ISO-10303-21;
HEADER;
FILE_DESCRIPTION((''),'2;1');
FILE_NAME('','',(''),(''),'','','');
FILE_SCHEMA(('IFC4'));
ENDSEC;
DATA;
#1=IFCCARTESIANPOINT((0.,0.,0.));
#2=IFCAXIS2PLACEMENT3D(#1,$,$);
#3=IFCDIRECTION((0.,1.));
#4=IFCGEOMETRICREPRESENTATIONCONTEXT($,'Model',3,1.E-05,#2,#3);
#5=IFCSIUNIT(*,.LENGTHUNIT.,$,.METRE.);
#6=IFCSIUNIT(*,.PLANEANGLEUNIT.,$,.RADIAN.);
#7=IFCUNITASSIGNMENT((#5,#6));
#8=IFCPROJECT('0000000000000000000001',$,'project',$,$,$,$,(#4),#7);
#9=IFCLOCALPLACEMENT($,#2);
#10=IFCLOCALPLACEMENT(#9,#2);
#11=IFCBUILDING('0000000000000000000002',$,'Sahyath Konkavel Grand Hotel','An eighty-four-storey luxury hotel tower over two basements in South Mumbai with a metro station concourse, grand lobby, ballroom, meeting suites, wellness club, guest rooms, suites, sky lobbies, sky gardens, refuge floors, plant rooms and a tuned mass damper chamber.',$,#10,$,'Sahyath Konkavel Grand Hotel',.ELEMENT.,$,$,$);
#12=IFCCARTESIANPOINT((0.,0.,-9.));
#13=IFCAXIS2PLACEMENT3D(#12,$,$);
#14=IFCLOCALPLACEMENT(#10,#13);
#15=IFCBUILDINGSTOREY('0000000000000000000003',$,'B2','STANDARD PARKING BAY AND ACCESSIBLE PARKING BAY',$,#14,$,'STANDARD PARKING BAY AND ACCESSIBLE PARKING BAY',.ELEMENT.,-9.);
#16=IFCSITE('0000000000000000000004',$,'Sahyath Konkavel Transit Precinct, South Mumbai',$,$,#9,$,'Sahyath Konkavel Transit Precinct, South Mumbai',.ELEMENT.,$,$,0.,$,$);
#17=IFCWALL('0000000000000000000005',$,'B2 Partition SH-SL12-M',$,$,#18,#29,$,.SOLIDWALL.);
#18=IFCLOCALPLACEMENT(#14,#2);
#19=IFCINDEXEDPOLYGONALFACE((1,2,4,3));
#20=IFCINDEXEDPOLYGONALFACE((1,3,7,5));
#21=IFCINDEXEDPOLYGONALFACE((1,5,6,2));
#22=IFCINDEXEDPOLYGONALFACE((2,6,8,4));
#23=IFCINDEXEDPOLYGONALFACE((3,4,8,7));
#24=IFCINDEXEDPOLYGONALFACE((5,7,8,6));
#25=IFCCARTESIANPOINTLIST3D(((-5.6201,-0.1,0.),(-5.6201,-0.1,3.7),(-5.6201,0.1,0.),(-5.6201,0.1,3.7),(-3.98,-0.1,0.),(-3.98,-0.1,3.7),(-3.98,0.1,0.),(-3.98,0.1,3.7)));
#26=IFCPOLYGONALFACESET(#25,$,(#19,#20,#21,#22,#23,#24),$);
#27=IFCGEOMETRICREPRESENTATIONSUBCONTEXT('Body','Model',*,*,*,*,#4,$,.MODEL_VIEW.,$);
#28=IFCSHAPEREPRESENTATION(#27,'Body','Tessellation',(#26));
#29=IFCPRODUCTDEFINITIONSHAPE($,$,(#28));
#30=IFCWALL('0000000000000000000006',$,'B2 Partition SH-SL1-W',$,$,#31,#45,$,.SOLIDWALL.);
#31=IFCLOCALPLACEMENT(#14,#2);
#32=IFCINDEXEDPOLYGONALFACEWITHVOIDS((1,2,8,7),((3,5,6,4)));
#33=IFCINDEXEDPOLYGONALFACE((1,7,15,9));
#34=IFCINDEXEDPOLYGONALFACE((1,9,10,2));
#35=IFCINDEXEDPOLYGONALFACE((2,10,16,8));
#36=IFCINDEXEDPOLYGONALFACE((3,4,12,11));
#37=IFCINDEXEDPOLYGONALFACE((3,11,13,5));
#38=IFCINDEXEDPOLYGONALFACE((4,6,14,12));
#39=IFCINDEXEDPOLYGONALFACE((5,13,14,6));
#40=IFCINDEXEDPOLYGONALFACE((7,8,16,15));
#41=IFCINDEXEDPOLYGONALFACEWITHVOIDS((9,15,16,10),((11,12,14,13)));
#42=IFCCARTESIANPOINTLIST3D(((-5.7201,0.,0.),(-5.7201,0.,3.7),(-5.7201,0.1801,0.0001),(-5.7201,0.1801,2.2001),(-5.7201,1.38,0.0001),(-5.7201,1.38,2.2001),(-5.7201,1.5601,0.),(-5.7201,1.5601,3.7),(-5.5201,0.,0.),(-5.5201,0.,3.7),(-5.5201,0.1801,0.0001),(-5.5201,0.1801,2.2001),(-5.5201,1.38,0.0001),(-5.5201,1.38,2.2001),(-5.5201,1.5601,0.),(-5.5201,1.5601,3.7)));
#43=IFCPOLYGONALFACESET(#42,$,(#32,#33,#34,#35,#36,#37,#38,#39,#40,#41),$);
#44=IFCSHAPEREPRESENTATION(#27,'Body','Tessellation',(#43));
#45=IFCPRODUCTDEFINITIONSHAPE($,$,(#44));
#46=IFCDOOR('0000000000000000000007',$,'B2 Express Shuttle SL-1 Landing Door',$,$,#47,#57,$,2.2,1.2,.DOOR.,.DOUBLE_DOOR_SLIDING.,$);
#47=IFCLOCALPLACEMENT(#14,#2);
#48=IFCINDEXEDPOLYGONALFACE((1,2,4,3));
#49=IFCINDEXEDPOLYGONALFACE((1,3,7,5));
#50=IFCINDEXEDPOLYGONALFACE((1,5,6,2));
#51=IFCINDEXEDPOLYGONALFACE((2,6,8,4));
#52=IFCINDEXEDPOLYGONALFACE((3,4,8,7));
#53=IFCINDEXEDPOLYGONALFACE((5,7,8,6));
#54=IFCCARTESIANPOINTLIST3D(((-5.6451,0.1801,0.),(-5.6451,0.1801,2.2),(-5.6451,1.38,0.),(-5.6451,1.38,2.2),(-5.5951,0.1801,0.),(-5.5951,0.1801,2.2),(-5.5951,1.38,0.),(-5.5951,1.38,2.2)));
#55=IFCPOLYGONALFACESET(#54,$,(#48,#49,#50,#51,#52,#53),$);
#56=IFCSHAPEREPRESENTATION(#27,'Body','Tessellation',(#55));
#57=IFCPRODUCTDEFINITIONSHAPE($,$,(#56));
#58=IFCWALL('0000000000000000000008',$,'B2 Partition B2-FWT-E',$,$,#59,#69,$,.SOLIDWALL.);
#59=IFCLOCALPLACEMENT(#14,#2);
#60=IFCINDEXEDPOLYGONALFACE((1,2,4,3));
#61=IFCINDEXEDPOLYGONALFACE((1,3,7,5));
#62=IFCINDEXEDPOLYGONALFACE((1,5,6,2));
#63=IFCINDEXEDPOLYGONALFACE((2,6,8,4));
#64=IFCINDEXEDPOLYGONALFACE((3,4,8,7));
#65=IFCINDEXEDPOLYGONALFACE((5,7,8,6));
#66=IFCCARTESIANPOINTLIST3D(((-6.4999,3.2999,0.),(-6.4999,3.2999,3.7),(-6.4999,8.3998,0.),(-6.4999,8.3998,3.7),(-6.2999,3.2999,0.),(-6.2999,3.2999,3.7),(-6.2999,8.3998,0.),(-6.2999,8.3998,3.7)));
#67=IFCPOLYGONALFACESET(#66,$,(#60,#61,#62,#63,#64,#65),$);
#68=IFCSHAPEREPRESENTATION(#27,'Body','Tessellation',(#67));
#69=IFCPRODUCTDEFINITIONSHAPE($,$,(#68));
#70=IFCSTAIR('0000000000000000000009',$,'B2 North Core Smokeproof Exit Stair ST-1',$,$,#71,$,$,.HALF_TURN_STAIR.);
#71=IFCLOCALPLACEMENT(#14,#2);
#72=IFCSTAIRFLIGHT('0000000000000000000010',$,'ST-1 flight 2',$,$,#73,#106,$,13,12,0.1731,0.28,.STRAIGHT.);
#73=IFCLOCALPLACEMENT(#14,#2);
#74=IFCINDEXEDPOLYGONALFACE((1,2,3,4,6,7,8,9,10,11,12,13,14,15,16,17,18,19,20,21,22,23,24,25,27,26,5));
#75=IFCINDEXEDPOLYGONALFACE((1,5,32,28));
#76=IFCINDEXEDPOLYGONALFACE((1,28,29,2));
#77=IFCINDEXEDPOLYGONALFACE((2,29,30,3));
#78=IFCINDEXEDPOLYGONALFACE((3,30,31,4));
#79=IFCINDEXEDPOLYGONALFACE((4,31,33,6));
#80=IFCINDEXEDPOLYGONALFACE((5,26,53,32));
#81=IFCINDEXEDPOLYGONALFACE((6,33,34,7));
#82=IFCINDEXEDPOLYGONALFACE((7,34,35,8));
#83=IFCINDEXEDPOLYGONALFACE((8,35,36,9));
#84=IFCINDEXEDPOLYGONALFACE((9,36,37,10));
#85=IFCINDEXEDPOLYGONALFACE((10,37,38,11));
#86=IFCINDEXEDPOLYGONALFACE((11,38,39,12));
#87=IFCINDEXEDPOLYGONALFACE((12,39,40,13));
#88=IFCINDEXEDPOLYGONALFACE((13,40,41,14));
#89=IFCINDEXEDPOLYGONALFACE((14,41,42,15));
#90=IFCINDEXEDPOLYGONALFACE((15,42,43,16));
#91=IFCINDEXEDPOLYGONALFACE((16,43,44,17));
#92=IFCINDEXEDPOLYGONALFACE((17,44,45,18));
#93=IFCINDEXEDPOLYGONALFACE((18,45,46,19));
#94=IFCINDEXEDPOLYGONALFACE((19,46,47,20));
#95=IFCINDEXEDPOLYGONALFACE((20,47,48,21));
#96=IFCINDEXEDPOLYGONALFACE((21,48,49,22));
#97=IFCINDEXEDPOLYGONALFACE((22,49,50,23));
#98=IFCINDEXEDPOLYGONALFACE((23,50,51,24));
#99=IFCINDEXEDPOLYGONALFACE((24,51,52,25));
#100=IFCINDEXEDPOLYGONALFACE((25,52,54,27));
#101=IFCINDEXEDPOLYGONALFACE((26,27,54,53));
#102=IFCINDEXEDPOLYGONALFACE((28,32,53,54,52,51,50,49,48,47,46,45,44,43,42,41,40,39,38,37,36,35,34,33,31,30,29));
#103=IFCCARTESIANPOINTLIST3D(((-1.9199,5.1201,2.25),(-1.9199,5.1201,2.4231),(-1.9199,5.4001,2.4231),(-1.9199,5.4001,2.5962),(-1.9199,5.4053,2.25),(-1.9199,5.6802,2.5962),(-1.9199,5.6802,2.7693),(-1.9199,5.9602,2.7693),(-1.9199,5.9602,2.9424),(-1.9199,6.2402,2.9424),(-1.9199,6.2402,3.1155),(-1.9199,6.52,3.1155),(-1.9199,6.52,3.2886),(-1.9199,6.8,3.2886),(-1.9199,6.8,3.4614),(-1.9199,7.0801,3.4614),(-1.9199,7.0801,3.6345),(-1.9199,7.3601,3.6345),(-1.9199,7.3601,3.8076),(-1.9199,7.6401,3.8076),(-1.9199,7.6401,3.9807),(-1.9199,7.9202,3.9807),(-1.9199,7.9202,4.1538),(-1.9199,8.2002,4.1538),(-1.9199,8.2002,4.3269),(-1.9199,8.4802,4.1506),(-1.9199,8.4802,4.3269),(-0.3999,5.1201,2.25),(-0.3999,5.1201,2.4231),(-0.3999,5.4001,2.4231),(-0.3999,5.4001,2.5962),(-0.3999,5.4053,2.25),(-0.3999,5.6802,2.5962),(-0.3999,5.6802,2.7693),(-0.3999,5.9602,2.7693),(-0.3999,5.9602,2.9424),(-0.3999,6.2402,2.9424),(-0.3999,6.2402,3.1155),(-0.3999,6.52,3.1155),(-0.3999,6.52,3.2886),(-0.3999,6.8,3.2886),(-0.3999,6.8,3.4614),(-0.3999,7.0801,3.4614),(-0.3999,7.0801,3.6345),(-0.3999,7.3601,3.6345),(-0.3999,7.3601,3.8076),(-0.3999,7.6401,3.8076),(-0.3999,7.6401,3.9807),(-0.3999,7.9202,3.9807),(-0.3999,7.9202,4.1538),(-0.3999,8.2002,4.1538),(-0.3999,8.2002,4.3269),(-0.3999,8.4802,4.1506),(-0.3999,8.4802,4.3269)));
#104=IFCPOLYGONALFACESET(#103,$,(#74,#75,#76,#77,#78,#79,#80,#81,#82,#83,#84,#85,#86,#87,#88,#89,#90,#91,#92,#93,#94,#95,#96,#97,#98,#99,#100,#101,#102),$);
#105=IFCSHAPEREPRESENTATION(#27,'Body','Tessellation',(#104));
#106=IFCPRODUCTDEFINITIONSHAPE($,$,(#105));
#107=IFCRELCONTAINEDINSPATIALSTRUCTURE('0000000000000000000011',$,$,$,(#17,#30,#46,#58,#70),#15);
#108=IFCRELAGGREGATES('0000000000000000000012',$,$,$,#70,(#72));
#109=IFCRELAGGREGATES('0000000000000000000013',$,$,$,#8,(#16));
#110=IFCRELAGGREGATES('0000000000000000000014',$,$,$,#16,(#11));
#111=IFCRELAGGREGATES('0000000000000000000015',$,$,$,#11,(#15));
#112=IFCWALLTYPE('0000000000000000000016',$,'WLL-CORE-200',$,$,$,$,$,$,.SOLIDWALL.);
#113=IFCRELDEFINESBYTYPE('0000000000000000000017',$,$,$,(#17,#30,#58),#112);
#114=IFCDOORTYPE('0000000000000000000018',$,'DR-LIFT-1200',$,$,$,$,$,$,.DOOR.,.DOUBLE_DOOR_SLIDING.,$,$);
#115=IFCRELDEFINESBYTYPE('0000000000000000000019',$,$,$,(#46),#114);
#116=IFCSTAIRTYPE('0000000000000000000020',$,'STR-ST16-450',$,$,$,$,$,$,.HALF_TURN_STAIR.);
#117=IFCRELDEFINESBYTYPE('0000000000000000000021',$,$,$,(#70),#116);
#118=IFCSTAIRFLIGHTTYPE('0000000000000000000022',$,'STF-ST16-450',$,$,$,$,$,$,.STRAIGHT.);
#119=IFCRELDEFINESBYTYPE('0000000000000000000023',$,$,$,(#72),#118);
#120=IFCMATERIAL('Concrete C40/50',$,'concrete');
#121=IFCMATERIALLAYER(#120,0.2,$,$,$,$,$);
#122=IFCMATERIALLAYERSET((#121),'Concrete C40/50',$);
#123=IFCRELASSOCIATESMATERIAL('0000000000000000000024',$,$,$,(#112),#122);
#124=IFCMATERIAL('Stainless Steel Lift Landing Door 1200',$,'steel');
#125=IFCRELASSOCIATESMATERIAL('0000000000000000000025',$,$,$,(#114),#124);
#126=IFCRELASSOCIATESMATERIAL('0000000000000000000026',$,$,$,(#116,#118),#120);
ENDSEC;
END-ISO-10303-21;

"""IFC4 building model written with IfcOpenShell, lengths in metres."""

from ifc_helpers import new_model, si_unit, direction, frame, frame_2d, origin, origin_2d, place, context, subcontext, project, spatial, polyline, rectangle, outline, extrude, source, transform, mapped, material, layer, layer_set, type_object, element, fill, aggregate, save


model = new_model("IFC4")

# Units and contexts
model_context = context("Model", 3, precision=1e-05, world=origin(), true_north=direction((0.0, 1.0)))
body_context = subcontext(model_context, "Body", "Model", "MODEL_VIEW")
ifc_project = project(units=[si_unit("LENGTHUNIT", "METRE"), si_unit("PLANEANGLEUNIT", "RADIAN")], contexts=[model_context])

# Site, building, storey
site_placement = place(None, origin())
site = spatial("IfcSite", under=ifc_project, at=site_placement, Name="Sahyath Konkavel Transit Precinct, South Mumbai", LongName="Sahyath Konkavel Transit Precinct, South Mumbai", CompositionType="ELEMENT", RefElevation=0.0)
building_placement = place(site_placement, origin())
building = spatial("IfcBuilding", under=site, at=building_placement, Name="Sahyath Konkavel Grand Hotel", Description="An eighty-four-storey luxury hotel tower over two basements in South Mumbai with a metro station concourse, grand lobby, ballroom, meeting suites, wellness club, guest rooms, suites, sky lobbies, sky gardens, refuge floors, plant rooms and a tuned mass damper chamber.", LongName="Sahyath Konkavel Grand Hotel", CompositionType="ELEMENT")
storey_placement = place(building_placement, frame((0.0, 0.0, -9.0)))
storey = spatial("IfcBuildingStorey", under=building, at=storey_placement, Name="B2", Description="STANDARD PARKING BAY AND ACCESSIBLE PARKING BAY", LongName="STANDARD PARKING BAY AND ACCESSIBLE PARKING BAY", CompositionType="ELEMENT", Elevation=-9.0)

# Wall
ifc_material_1 = material(Name="Concrete C40/50", Category="concrete")
ifc_layer_1 = layer(ifc_material_1, 0.2)
ifc_layer_set_1 = layer_set([ifc_layer_1], Name="Concrete C40/50")
wall_type_1 = type_object("IfcWallType", Name="WLL-CORE-200", PredefinedType="SOLIDWALL", material=ifc_layer_set_1)
for number, where, z_axis, x_axis, name in (
    (1, (-5.6201, 0.0, 0.0), (0.0, 0.0, 1.0), (1.0, 0.0, 0.0), "B2 Partition SH-SL12-M"),
):
    element("IfcWall", number, at=place(storey_placement, frame(where, z_axis=z_axis, x_axis=x_axis)), inside=storey, type_object=wall_type_1, Name=name, PredefinedType="SOLIDWALL", context=body_context, shape_type="SweptSolid", body=[
        extrude(rectangle(XDim=1.6401, YDim=0.2, at=frame_2d((0.8201, 0.0))), origin(), (0.0, 0.0, 1.0), 3.7),
    ])

# Wall, opening, door
wall_1_placement = place(storey_placement, frame((-5.6201, 0.0, 0.0), z_axis=(0.0, 0.0, 1.0), x_axis=(0.0, 1.0, 0.0)))
wall_1 = element("IfcWall", 2, at=wall_1_placement, inside=storey, type_object=wall_type_1, Name="B2 Partition SH-SL1-W", PredefinedType="SOLIDWALL", context=body_context, shape_type="SweptSolid", body=[
    extrude(rectangle(XDim=1.5601, YDim=0.2, at=frame_2d((0.78, 0.0))), origin(), (0.0, 0.0, 1.0), 3.7),
])
opening_placement = place(wall_1_placement, frame((0.1799, 0.0, 0.0)))
opening = element("IfcOpeningElement", 3, at=opening_placement, cuts=wall_1, PredefinedType="OPENING", context=body_context, shape_type="SweptSolid", body=[
    extrude(rectangle(XDim=1.2, YDim=2.2, at=frame_2d((0.6001, 1.1001))), frame((0.0, 0.1099, 0.0), z_axis=(0.0, -1.0, 0.0), x_axis=(1.0, 0.0, 0.0)), (0.0, 0.0, 1.0), 0.22),
])
ifc_material_2 = material(Name="Stainless Steel Lift Landing Door 1200", Category="steel")
door_type = type_object("IfcDoorType", Name="DR-LIFT-1200", OperationType="DOUBLE_DOOR_SLIDING", PredefinedType="DOOR", material=ifc_material_2)
shared_shape_1 = source(origin(), body_context, "Body", "SweptSolid", [
    extrude(rectangle(XDim=1.2, YDim=0.05, at=origin_2d()), origin(), (0.0, 0.0, 1.0), 2.2),
])
door_placement = place(opening_placement, frame((0.6001, 0.0, 0.0)))
door = element("IfcDoor", 4, at=door_placement, inside=storey, type_object=door_type, Name="B2 Express Shuttle SL-1 Landing Door", OperationType="DOUBLE_DOOR_SLIDING", OverallHeight=2.2, OverallWidth=1.2, PredefinedType="DOOR", context=body_context, shape_type="MappedRepresentation", body=[
    mapped(shared_shape_1, transform((0.0, 0.0, 0.0), scale=1.0)),
])
fill(opening, door)

# Wall
wall_2_placement = place(storey_placement, frame((-6.3999, 3.3, 0.0), z_axis=(0.0, 0.0, 1.0), x_axis=(0.0, 1.0, 0.0)))
element("IfcWall", 5, at=wall_2_placement, inside=storey, type_object=wall_type_1, Name="B2 Partition B2-FWT-E", PredefinedType="SOLIDWALL", context=body_context, shape_type="SweptSolid", body=[
    extrude(rectangle(XDim=5.0999, YDim=0.2, at=frame_2d((2.5498, 0.0))), origin(), (0.0, 0.0, 1.0), 3.7),
])

# Stair, stair flight
stair_type = type_object("IfcStairType", Name="STR-ST16-450", PredefinedType="HALF_TURN_STAIR", material=ifc_material_1)
stair_placement = place(storey_placement, origin())
stair = element("IfcStair", 6, at=stair_placement, inside=storey, type_object=stair_type, Name="B2 North Core Smokeproof Exit Stair ST-1", PredefinedType="HALF_TURN_STAIR")
stair_flight_type = type_object("IfcStairFlightType", Name="STF-ST16-450", PredefinedType="STRAIGHT", material=ifc_material_1)
stair_flight_placement = place(storey_placement, frame((-1.1599, 5.1201, 2.25), z_axis=(0.0, 0.0, 1.0), x_axis=(0.0, 1.0, 0.0)))
stair_flight = element("IfcStairFlight", 7, at=stair_flight_placement, type_object=stair_flight_type, Name="ST-1 flight 2", NumberOfRisers=13, NumberOfTreads=12, PredefinedType="STRAIGHT", RiserHeight=0.1731, TreadLength=0.28, context=body_context, shape_type="SweptSolid", body=[
    extrude(outline(polyline([(0.0, 0.0), (0.0, 0.1731), (0.28, 0.1731), (0.28, 0.3462), (0.5601, 0.3462), (0.5601, 0.5193), (0.8401, 0.5193), (0.8401, 0.6924), (1.1201, 0.6924), (1.1201, 0.8655), (1.3999, 0.8655), (1.3999, 1.0386), (1.6799, 1.0386), (1.6799, 1.2114), (1.96, 1.2114), (1.96, 1.3845), (2.24, 1.3845), (2.24, 1.5576), (2.52, 1.5576), (2.52, 1.7307), (2.8, 1.7307), (2.8, 1.9038), (3.0801, 1.9038), (3.0801, 2.0769), (3.3601, 2.0769), (3.3601, 2.25), (3.3601, 1.9006), (0.2852, 0.0), (0.0, 0.0)])), frame((0.0, 0.76, 0.0), z_axis=(0.0, -1.0, 0.0), x_axis=(1.0, 0.0, 0.0)), (0.0, 0.0, 1.0), 1.52),
])
aggregate(stair, [stair_flight])

save(model, "model.ifc")
